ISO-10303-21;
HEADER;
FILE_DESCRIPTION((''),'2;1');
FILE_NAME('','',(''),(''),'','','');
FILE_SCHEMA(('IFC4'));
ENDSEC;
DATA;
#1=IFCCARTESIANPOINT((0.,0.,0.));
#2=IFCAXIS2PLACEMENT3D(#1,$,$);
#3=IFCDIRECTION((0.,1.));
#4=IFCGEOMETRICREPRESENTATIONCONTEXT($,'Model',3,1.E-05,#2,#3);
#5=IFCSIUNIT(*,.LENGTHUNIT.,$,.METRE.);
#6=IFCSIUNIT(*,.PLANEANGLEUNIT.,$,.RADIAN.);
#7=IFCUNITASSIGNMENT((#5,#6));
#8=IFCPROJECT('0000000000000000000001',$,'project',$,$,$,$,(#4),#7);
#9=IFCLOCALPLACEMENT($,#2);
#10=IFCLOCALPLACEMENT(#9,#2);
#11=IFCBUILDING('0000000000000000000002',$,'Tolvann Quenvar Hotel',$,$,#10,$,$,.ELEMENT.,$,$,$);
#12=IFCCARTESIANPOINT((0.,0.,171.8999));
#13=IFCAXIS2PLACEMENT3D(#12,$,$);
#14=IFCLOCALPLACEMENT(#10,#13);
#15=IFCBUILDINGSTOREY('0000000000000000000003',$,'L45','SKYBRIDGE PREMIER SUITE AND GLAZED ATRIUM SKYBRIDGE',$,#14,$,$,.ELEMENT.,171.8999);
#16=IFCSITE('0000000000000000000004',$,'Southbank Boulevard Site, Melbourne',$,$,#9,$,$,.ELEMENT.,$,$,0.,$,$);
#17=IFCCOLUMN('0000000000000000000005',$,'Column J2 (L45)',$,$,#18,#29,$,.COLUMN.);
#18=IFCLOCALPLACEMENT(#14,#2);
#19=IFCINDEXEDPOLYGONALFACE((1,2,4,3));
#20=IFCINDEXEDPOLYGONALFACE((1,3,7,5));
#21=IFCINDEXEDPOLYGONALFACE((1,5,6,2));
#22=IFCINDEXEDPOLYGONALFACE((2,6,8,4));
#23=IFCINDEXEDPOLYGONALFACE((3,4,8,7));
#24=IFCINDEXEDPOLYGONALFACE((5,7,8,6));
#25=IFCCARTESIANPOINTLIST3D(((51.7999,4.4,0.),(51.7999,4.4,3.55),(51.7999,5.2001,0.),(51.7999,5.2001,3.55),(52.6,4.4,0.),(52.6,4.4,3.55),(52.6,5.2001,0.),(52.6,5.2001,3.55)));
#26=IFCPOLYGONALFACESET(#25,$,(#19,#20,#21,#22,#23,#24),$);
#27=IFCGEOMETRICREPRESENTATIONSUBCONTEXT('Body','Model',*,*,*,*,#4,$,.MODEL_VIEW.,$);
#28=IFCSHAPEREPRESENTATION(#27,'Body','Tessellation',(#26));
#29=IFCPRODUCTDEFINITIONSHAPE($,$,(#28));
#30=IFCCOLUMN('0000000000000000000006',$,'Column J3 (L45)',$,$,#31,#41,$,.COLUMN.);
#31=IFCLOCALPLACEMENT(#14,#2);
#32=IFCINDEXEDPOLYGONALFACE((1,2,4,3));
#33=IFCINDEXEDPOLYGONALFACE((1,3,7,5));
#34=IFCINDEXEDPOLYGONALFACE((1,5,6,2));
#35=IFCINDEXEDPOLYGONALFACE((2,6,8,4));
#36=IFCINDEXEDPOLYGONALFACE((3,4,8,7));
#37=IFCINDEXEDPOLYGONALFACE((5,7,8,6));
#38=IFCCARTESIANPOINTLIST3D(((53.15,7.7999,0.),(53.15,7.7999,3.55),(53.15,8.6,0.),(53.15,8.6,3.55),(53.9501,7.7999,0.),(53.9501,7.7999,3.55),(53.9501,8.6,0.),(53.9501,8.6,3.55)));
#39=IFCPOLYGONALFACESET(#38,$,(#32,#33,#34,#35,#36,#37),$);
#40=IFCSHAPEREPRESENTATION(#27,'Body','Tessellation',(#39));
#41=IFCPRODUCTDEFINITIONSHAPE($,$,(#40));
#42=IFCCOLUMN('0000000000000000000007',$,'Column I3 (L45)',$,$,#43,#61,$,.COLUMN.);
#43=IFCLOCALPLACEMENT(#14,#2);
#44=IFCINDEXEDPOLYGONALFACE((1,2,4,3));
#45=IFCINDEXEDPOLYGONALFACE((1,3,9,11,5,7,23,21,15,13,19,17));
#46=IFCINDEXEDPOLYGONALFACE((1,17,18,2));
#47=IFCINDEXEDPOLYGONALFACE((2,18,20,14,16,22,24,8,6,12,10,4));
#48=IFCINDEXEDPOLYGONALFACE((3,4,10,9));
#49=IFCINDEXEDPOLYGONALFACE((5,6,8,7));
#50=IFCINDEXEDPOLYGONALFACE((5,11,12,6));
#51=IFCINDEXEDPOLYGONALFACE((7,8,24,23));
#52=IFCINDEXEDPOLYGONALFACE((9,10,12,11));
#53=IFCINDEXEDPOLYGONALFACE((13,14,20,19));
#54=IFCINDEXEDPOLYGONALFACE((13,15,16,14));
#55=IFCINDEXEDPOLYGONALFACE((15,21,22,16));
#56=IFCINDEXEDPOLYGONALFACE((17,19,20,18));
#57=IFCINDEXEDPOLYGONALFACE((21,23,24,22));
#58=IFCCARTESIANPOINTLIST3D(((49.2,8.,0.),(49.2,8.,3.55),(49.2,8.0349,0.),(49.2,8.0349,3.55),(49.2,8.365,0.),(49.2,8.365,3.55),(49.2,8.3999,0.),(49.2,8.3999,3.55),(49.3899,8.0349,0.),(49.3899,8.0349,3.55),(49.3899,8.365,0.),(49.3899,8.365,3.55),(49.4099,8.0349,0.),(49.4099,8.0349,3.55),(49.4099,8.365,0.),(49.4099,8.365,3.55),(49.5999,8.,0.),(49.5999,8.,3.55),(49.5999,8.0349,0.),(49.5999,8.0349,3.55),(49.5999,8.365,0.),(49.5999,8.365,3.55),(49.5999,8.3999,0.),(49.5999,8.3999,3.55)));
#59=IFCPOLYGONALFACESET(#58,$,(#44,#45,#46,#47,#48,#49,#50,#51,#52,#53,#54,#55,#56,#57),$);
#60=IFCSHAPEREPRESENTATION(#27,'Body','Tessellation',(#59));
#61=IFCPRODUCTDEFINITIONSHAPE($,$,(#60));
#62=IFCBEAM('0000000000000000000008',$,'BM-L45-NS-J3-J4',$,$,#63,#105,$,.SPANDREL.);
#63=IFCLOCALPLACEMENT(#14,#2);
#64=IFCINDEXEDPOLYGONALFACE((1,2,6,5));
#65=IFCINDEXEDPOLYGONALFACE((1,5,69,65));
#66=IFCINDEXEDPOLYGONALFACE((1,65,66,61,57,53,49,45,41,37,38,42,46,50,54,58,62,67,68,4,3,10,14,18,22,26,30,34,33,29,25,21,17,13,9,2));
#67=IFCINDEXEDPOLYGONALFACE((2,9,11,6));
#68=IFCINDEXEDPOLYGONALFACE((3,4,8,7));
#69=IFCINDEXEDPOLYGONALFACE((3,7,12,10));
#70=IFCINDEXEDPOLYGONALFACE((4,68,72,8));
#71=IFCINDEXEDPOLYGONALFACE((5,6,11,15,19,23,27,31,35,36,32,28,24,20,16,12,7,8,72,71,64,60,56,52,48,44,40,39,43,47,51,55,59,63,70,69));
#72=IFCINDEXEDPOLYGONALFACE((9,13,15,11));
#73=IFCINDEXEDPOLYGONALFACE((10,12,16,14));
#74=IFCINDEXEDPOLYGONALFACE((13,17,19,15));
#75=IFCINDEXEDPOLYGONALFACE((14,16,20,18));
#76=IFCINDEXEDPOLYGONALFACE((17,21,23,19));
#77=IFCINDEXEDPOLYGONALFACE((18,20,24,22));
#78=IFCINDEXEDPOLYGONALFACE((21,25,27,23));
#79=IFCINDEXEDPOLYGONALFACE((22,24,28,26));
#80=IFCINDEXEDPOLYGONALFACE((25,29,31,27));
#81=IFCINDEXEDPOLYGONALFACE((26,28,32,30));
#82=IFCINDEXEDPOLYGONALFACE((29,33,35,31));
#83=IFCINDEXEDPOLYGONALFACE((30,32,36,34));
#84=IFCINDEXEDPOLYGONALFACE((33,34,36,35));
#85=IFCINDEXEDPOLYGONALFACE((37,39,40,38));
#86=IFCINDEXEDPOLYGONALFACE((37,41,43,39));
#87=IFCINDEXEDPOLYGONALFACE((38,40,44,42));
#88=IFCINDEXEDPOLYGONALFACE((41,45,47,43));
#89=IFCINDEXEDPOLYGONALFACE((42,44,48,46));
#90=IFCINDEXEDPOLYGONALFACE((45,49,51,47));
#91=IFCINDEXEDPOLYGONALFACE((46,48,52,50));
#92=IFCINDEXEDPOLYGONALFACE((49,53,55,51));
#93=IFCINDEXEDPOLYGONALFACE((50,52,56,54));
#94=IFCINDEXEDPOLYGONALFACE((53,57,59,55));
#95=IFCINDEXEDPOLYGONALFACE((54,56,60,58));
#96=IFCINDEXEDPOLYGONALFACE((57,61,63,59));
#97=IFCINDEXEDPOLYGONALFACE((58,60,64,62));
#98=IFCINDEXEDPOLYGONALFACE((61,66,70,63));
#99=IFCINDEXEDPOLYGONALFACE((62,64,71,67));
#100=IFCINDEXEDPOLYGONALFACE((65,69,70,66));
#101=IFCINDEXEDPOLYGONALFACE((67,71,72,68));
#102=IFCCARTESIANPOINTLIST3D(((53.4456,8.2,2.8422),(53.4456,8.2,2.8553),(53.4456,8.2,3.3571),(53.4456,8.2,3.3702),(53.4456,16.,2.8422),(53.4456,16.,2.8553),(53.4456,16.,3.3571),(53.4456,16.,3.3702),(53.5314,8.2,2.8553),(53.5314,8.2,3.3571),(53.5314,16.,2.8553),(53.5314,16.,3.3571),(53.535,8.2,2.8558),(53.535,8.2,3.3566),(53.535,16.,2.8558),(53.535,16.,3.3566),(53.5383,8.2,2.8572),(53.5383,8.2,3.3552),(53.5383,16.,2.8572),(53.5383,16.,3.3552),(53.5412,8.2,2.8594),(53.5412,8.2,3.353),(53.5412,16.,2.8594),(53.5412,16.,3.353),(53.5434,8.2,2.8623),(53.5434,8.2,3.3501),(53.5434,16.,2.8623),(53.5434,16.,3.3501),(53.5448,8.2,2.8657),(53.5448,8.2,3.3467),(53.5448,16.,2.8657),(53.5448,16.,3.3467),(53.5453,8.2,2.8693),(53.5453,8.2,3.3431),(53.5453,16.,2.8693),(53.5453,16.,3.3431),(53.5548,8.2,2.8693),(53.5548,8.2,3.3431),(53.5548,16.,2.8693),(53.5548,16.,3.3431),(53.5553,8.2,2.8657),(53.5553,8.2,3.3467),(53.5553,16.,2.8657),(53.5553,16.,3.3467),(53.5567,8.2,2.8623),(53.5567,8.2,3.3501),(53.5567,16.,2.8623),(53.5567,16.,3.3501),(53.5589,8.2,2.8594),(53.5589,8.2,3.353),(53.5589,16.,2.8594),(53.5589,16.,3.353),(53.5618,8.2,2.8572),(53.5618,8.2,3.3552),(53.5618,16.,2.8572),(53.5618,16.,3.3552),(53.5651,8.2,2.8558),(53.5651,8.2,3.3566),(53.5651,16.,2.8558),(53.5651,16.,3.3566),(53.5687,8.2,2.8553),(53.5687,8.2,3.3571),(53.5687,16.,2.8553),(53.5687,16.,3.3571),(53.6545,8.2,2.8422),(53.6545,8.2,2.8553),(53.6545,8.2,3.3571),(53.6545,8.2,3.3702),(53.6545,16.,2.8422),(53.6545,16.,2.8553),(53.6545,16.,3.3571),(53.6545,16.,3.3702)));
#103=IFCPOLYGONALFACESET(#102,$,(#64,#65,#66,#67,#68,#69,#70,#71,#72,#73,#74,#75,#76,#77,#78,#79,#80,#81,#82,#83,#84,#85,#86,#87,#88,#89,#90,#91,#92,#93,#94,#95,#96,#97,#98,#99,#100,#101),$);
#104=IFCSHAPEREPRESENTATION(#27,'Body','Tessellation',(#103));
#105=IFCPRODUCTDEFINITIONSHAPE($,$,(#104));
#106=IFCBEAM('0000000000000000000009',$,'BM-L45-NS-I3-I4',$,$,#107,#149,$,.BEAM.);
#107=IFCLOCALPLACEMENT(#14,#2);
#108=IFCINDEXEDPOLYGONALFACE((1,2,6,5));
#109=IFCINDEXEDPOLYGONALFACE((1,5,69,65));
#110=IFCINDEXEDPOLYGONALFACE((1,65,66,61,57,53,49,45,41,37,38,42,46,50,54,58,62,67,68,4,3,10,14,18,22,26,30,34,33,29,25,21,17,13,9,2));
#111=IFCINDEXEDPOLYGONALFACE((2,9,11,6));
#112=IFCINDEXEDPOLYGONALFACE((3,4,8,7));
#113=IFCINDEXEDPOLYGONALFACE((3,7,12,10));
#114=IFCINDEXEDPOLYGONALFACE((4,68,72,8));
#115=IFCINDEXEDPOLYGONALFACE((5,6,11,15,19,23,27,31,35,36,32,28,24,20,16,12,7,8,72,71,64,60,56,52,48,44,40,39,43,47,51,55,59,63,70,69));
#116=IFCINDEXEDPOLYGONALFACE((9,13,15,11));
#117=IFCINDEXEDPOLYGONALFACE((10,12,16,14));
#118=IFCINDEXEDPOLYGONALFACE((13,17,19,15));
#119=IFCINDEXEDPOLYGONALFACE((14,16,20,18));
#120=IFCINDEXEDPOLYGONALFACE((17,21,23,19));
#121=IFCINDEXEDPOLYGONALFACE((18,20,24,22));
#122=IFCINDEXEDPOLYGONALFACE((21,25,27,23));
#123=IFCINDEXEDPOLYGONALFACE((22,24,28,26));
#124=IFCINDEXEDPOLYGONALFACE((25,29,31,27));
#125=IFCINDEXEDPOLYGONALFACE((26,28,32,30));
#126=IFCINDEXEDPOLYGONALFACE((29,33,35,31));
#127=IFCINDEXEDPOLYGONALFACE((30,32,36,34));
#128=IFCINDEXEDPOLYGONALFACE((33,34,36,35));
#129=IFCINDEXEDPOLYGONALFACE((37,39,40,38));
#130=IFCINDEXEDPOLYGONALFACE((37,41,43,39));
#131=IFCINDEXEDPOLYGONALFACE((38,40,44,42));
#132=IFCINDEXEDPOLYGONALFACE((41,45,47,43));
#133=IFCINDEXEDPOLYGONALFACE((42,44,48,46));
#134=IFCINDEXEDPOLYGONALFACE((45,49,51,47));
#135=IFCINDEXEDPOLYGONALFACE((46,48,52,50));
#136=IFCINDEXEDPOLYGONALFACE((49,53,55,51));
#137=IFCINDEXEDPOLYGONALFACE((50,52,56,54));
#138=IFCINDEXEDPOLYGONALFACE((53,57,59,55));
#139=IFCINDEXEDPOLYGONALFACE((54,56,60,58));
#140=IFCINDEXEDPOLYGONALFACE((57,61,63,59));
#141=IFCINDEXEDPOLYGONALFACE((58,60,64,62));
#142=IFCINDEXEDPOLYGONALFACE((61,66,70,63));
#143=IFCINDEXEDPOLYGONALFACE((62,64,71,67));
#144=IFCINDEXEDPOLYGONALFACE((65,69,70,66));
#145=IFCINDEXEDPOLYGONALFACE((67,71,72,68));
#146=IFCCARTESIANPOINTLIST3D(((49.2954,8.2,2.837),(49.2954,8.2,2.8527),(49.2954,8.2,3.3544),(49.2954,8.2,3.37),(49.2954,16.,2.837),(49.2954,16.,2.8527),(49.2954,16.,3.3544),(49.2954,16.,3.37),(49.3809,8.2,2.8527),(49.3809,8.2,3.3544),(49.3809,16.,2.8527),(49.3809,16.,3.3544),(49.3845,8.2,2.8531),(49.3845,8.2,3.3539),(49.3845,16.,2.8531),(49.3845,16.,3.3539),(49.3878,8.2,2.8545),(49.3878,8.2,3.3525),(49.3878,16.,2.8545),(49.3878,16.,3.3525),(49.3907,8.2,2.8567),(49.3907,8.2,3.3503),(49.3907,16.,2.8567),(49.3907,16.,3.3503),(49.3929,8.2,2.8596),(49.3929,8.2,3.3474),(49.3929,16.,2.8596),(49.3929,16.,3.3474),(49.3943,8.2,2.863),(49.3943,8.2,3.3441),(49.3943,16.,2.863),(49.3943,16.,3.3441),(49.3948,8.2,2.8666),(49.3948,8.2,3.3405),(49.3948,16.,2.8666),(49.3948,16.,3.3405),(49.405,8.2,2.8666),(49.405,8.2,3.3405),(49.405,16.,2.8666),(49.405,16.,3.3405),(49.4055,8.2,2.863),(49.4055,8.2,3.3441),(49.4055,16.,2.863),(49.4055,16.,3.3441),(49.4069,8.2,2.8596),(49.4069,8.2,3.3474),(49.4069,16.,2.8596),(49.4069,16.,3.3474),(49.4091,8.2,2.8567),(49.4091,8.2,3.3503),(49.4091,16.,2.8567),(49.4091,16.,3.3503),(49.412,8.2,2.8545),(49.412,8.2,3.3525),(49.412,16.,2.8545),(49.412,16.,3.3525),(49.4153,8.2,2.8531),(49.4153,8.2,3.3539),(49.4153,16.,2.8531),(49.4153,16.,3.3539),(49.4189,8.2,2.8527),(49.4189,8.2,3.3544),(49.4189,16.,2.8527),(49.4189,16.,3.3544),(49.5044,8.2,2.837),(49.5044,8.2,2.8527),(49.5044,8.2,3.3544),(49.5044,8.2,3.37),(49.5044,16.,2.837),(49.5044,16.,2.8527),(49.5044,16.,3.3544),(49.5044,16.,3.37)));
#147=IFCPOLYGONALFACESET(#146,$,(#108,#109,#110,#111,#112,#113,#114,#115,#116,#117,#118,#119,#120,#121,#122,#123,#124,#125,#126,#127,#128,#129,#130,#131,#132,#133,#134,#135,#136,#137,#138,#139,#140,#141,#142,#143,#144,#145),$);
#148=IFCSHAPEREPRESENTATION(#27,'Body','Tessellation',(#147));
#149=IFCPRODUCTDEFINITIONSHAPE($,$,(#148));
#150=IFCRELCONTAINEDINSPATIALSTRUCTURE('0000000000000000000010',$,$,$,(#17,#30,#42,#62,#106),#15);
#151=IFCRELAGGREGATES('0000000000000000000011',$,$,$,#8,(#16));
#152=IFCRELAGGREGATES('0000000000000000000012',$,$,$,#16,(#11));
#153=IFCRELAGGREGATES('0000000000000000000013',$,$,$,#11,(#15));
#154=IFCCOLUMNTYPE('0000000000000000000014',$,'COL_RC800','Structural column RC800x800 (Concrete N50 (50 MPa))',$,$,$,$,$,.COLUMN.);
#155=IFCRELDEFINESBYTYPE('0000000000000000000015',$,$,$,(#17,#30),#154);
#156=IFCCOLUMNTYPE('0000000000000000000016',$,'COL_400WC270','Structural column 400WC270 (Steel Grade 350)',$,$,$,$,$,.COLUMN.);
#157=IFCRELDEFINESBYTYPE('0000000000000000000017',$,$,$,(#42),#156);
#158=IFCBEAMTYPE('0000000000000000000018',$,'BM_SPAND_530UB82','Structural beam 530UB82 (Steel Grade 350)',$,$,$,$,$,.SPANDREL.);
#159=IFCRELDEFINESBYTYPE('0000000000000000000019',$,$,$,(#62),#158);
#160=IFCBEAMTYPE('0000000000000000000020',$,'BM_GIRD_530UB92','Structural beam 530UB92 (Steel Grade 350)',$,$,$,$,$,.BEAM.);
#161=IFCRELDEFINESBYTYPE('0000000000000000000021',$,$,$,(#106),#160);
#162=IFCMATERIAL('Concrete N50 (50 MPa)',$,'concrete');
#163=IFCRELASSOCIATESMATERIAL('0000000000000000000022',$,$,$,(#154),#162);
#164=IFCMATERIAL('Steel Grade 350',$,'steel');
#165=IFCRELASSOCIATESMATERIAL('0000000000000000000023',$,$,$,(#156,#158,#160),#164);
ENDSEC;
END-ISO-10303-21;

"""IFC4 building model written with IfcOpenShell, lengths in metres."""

from ifc_helpers import new_model, si_unit, direction, frame, origin, origin_2d, place, context, subcontext, project, spatial, rectangle, i_section, extrude, source, transform, mapped, material, material_profile, profile_set, type_object, type_shapes, element, save


model = new_model("IFC4")

# Units and contexts
model_context = context("Model", 3, precision=1e-05, world=origin(), true_north=direction((0.0, 1.0)))
body_context = subcontext(model_context, "Body", "Model", "MODEL_VIEW")
ifc_project = project(units=[si_unit("LENGTHUNIT", "METRE"), si_unit("PLANEANGLEUNIT", "RADIAN")], contexts=[model_context])

# Site, building, storey
site_placement = place(None, origin())
site = spatial("IfcSite", under=ifc_project, at=site_placement, Name="Southbank Boulevard Site, Melbourne", CompositionType="ELEMENT", RefElevation=0.0)
building_placement = place(site_placement, origin())
building = spatial("IfcBuilding", under=site, at=building_placement, Name="Tolvann Quenvar Hotel", CompositionType="ELEMENT")
storey_placement = place(building_placement, frame((0.0, 0.0, 171.8999)))
storey = spatial("IfcBuildingStorey", under=building, at=storey_placement, Name="L45", Description="SKYBRIDGE PREMIER SUITE AND GLAZED ATRIUM SKYBRIDGE", CompositionType="ELEMENT", Elevation=171.8999)

# Columns
ifc_material_1 = material(Name="Concrete N50 (50 MPa)", Category="concrete")
ifc_material_profile_1 = material_profile(ifc_material_1, rectangle(XDim=0.8, YDim=0.8, at=origin_2d()), Name="RC800x800")
ifc_profile_set_1 = profile_set([ifc_material_profile_1], Name="Concrete N50 (50 MPa)")
column_type_1 = type_object("IfcColumnType", Name="COL_RC800", Description="Structural column RC800x800 (Concrete N50 (50 MPa))", PredefinedType="COLUMN", material=ifc_profile_set_1)
shared_shape_1 = source(origin(), body_context, "Body", "SweptSolid", [
    extrude(rectangle(XDim=0.8, YDim=0.8, at=origin_2d()), origin(), (0.0, 0.0, 1.0), 3.55),
])
type_shapes(column_type_1, [shared_shape_1])
for number, where, z_axis, x_axis, name in (
    (1, (52.2, 4.8, 0.0), (0.0, 0.0, 1.0), (1.0, 0.0, 0.0), "Column J2 (L45)"),
    (2, (53.55, 8.2, 0.0), (0.0, 0.0, 1.0), (1.0, 0.0, 0.0), "Column J3 (L45)"),
):
    element("IfcColumn", number, at=place(storey_placement, frame(where, z_axis=z_axis, x_axis=x_axis)), inside=storey, type_object=column_type_1, Name=name, PredefinedType="COLUMN", context=body_context, shape_type="MappedRepresentation", body=[
        mapped(shared_shape_1, transform((0.0, 0.0, 0.0), x_axis=(1.0, 0.0, 0.0), y_axis=(0.0, 1.0, 0.0), z_axis=(0.0, 0.0, 1.0), scale=1.0)),
    ])
ifc_material_2 = material(Name="Steel Grade 350", Category="steel")
ifc_material_profile_2 = material_profile(ifc_material_2, i_section(OverallWidth=0.3999, OverallDepth=0.3999, WebThickness=0.02, FlangeThickness=0.0349, at=origin_2d()), Name="400WC270")
ifc_profile_set_2 = profile_set([ifc_material_profile_2], Name="Steel Grade 350")
column_type_2 = type_object("IfcColumnType", Name="COL_400WC270", Description="Structural column 400WC270 (Steel Grade 350)", PredefinedType="COLUMN", material=ifc_profile_set_2)
shared_shape_2 = source(origin(), body_context, "Body", "SweptSolid", [
    extrude(i_section(OverallWidth=0.3999, OverallDepth=0.3999, WebThickness=0.02, FlangeThickness=0.0349, at=origin_2d()), origin(), (0.0, 0.0, 1.0), 3.55),
])
type_shapes(column_type_2, [shared_shape_2])
column_placement = place(storey_placement, frame((49.3999, 8.2, 0.0), z_axis=(0.0, 0.0, 1.0), x_axis=(1.0, 0.0, 0.0)))
element("IfcColumn", 3, at=column_placement, inside=storey, type_object=column_type_2, Name="Column I3 (L45)", PredefinedType="COLUMN", context=body_context, shape_type="MappedRepresentation", body=[
    mapped(shared_shape_2, transform((0.0, 0.0, 0.0), x_axis=(1.0, 0.0, 0.0), y_axis=(0.0, 1.0, 0.0), z_axis=(0.0, 0.0, 1.0), scale=1.0)),
])

# Beams
ifc_material_profile_3 = material_profile(ifc_material_2, i_section(OverallWidth=0.209, OverallDepth=0.5281, WebThickness=0.0095, FlangeThickness=0.0132, FilletRadius=0.0139, at=origin_2d()), Name="530UB82")
ifc_profile_set_3 = profile_set([ifc_material_profile_3], Name="Steel Grade 350")
beam_type_1 = type_object("IfcBeamType", Name="BM_SPAND_530UB82", Description="Structural beam 530UB82 (Steel Grade 350)", PredefinedType="SPANDREL", material=ifc_profile_set_3)
shared_shape_3 = source(origin(), body_context, "Body", "SweptSolid", [
    extrude(i_section(OverallWidth=0.209, OverallDepth=0.5281, WebThickness=0.0095, FlangeThickness=0.0132, FilletRadius=0.0139, at=origin_2d()), origin(), (0.0, 0.0, 1.0), 7.8),
])
beam_1_placement = place(storey_placement, frame((53.55, 8.2, 3.1062), z_axis=(0.0, 1.0, 0.0), x_axis=(-1.0, 0.0, 0.0)))
element("IfcBeam", 4, at=beam_1_placement, inside=storey, type_object=beam_type_1, Name="BM-L45-NS-J3-J4", PredefinedType="SPANDREL", context=body_context, shape_type="MappedRepresentation", body=[
    mapped(shared_shape_3, transform((0.0, 0.0, 0.0), x_axis=(1.0, 0.0, 0.0), y_axis=(0.0, 1.0, 0.0), z_axis=(0.0, 0.0, 1.0), scale=1.0)),
])
ifc_material_profile_4 = material_profile(ifc_material_2, i_section(OverallWidth=0.209, OverallDepth=0.533, WebThickness=0.0103, FlangeThickness=0.0156, FilletRadius=0.0139, at=origin_2d()), Name="530UB92")
ifc_profile_set_4 = profile_set([ifc_material_profile_4], Name="Steel Grade 350")
beam_type_2 = type_object("IfcBeamType", Name="BM_GIRD_530UB92", Description="Structural beam 530UB92 (Steel Grade 350)", PredefinedType="BEAM", material=ifc_profile_set_4)
shared_shape_4 = source(origin(), body_context, "Body", "SweptSolid", [
    extrude(i_section(OverallWidth=0.209, OverallDepth=0.533, WebThickness=0.0103, FlangeThickness=0.0156, FilletRadius=0.0139, at=origin_2d()), origin(), (0.0, 0.0, 1.0), 7.8),
])
beam_2_placement = place(storey_placement, frame((49.3999, 8.2, 3.1035), z_axis=(0.0, 1.0, 0.0), x_axis=(-1.0, 0.0, 0.0)))
element("IfcBeam", 5, at=beam_2_placement, inside=storey, type_object=beam_type_2, Name="BM-L45-NS-I3-I4", PredefinedType="BEAM", context=body_context, shape_type="MappedRepresentation", body=[
    mapped(shared_shape_4, transform((0.0, 0.0, 0.0), x_axis=(1.0, 0.0, 0.0), y_axis=(0.0, 1.0, 0.0), z_axis=(0.0, 0.0, 1.0), scale=1.0)),
])

save(model, "model.ifc")
